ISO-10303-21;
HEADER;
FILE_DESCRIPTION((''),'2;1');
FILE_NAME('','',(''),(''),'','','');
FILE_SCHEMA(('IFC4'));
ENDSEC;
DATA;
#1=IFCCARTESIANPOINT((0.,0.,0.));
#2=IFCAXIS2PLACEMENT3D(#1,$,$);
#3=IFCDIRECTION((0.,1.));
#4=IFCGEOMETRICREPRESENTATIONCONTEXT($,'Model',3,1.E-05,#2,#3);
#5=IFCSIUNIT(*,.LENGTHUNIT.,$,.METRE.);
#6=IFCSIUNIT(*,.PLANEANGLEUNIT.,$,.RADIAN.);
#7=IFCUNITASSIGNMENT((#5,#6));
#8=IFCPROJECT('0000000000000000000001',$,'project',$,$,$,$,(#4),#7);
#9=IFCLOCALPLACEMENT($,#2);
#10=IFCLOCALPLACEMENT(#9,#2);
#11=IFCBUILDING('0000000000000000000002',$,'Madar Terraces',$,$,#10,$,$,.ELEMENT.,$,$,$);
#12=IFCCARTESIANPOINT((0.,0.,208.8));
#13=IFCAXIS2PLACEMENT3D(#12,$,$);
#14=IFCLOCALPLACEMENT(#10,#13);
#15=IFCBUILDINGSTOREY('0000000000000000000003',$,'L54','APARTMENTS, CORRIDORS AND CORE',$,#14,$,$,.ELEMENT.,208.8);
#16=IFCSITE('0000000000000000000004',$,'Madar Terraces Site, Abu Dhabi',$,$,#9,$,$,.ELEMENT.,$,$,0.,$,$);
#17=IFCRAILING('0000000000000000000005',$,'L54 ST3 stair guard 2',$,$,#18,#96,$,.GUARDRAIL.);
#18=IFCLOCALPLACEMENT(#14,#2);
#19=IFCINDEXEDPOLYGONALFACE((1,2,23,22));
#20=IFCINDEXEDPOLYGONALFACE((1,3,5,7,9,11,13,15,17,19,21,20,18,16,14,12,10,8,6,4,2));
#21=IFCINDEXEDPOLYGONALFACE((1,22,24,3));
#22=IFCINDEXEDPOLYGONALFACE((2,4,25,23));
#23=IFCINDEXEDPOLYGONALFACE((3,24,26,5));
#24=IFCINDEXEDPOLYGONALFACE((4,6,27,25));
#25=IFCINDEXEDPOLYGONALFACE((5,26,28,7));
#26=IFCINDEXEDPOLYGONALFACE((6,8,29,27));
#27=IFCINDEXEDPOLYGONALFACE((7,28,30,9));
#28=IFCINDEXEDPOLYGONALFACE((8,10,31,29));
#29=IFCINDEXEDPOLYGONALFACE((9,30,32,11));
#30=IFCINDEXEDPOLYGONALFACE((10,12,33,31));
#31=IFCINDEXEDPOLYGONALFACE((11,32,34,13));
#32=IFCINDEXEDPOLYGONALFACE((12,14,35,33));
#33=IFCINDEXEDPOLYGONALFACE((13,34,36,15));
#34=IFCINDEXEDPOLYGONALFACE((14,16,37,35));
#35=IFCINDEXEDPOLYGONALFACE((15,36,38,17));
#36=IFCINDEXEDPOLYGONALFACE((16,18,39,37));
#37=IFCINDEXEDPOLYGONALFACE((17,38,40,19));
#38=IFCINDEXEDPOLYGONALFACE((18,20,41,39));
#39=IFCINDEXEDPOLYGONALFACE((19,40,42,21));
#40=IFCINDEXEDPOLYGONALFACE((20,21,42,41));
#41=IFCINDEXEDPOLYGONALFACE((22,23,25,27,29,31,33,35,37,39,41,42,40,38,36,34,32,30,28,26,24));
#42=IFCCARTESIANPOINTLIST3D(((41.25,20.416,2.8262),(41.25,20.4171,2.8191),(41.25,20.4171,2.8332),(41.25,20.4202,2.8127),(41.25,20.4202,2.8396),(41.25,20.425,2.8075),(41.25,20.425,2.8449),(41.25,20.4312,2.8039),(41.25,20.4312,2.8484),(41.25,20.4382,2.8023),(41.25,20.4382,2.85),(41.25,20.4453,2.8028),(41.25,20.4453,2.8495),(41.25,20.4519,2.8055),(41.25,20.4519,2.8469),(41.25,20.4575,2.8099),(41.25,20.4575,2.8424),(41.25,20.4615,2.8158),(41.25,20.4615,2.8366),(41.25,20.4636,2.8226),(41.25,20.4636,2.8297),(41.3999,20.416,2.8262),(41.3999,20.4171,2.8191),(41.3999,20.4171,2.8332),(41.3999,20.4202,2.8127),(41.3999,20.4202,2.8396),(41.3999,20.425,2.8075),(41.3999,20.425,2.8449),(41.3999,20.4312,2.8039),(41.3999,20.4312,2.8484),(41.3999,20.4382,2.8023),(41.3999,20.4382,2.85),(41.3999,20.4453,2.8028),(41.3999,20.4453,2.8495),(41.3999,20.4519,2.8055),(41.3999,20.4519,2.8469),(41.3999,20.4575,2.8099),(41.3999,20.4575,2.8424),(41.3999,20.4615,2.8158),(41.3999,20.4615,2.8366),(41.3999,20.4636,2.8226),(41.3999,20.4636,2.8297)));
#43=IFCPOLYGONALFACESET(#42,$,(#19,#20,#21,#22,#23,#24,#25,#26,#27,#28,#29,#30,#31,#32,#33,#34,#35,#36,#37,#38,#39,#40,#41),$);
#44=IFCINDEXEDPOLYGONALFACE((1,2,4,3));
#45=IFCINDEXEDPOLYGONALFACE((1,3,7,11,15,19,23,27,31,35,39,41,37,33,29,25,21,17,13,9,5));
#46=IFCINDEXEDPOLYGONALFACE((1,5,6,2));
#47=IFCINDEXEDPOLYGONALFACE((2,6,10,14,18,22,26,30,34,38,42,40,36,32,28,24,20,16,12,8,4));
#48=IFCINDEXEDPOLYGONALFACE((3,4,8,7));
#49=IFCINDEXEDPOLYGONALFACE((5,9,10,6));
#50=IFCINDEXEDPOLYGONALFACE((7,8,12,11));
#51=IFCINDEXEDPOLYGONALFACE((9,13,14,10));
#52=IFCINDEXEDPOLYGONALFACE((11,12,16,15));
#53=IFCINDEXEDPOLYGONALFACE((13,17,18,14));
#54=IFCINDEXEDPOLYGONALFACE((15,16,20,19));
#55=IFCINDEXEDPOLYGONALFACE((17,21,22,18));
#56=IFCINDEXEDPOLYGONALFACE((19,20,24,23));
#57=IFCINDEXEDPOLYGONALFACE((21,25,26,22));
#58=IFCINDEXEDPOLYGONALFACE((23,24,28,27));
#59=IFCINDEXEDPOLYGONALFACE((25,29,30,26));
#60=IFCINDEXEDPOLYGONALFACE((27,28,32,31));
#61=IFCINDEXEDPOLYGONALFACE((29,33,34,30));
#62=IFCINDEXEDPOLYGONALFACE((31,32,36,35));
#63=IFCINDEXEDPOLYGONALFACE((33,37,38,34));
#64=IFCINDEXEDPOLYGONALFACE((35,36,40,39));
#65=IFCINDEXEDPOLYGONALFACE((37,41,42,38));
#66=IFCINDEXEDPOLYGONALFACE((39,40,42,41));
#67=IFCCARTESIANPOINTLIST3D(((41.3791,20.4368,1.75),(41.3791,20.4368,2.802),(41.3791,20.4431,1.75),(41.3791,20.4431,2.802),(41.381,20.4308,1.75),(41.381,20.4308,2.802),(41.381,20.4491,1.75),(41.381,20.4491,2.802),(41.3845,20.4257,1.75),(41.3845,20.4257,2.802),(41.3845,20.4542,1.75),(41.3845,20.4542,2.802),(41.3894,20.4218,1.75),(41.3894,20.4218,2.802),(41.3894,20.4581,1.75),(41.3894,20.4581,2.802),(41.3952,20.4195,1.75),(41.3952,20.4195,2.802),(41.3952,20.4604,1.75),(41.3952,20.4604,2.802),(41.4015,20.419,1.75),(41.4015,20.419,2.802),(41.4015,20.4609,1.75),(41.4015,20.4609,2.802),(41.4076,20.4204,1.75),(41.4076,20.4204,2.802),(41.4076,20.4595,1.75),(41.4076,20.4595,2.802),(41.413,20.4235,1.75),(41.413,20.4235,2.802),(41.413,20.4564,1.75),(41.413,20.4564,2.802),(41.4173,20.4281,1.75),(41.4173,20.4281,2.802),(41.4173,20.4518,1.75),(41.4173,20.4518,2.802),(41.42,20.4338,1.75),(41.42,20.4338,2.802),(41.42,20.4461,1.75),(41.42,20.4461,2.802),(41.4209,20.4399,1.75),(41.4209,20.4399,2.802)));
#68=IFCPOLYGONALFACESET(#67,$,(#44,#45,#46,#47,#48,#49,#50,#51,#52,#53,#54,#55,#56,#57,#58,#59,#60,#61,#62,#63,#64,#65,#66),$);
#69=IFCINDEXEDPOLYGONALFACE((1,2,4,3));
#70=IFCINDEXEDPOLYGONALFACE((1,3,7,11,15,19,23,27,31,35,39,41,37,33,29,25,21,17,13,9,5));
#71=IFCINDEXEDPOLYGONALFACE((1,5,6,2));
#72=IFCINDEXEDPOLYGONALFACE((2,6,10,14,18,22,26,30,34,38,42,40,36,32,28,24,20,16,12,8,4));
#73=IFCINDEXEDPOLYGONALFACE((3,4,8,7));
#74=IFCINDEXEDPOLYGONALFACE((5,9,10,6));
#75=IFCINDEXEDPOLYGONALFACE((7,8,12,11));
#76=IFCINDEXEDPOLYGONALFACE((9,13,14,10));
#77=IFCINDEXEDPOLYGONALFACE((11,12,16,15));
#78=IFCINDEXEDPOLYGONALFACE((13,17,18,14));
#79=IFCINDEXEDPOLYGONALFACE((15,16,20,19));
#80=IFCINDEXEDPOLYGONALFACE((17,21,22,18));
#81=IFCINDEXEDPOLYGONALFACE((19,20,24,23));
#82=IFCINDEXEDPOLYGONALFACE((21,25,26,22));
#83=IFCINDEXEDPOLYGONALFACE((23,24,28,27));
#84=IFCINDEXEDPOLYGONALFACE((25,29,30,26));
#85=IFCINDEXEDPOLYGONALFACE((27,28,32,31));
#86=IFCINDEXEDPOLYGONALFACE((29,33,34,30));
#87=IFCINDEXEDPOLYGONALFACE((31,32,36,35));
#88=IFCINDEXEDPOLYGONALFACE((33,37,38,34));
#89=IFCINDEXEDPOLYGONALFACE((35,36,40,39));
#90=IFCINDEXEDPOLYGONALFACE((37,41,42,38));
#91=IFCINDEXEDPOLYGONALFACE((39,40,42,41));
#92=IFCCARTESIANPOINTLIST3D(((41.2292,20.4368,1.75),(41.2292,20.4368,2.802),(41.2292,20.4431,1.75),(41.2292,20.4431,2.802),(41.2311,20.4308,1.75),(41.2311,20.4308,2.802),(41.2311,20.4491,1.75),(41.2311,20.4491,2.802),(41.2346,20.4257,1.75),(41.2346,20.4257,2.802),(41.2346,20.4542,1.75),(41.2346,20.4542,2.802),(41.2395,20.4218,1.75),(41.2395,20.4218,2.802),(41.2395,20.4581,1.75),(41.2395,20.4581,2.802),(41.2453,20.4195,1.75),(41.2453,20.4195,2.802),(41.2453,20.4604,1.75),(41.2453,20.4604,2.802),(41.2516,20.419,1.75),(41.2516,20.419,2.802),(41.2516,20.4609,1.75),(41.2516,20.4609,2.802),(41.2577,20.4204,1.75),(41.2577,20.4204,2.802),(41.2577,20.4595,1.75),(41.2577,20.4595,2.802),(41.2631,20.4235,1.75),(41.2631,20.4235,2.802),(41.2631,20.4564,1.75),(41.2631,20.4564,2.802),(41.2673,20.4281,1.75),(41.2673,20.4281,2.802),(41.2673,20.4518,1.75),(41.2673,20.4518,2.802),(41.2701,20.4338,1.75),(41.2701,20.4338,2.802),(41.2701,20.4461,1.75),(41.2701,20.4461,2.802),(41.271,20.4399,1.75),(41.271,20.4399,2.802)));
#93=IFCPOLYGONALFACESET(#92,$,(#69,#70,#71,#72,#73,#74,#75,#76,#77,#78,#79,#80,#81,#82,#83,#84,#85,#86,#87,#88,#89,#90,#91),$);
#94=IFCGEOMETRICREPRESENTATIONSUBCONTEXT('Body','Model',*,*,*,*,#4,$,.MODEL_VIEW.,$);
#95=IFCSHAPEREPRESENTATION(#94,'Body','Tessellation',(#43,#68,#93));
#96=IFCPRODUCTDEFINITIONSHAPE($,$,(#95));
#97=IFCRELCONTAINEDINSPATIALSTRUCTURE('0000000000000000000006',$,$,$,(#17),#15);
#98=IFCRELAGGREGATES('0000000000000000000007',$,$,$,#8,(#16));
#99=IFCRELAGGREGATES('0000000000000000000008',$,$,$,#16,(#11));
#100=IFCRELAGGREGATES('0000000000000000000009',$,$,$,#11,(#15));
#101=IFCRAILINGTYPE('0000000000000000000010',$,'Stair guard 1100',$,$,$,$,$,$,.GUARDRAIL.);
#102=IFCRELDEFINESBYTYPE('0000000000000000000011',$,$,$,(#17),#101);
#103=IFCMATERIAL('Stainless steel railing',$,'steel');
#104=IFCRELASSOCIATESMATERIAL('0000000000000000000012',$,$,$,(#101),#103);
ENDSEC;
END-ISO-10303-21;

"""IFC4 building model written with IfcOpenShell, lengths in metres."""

from ifc_helpers import new_model, si_unit, direction, frame, origin, origin_2d, place, context, subcontext, project, spatial, circle, extrude, material, type_object, element, save


model = new_model("IFC4")

# Units and contexts
model_context = context("Model", 3, precision=1e-05, world=origin(), true_north=direction((0.0, 1.0)))
body_context = subcontext(model_context, "Body", "Model", "MODEL_VIEW")
ifc_project = project(units=[si_unit("LENGTHUNIT", "METRE"), si_unit("PLANEANGLEUNIT", "RADIAN")], contexts=[model_context])

# Site, building, storey
site_placement = place(None, origin())
site = spatial("IfcSite", under=ifc_project, at=site_placement, Name="Madar Terraces Site, Abu Dhabi", CompositionType="ELEMENT", RefElevation=0.0)
building_placement = place(site_placement, origin())
building = spatial("IfcBuilding", under=site, at=building_placement, Name="Madar Terraces", CompositionType="ELEMENT")
storey_placement = place(building_placement, frame((0.0, 0.0, 208.8)))
storey = spatial("IfcBuildingStorey", under=building, at=storey_placement, Name="L54", Description="APARTMENTS, CORRIDORS AND CORE", CompositionType="ELEMENT", Elevation=208.8)

# Railing
ifc_material_1 = material(Name="Stainless steel railing", Category="steel")
railing_type_1 = type_object("IfcRailingType", Name="Stair guard 1100", PredefinedType="GUARDRAIL", material=ifc_material_1)
railing_1_placement = place(storey_placement, frame((41.3999, 20.4399, 1.75)))
element("IfcRailing", 1, at=railing_1_placement, inside=storey, type_object=railing_type_1, Name="L54 ST3 stair guard 2", PredefinedType="GUARDRAIL", context=body_context, shape_type="SweptSolid", body=[
    extrude(circle(Radius=0.0239, at=origin_2d()), frame((0.0, 0.0, 1.0762), z_axis=(-1.0, 0.0, 0.0), x_axis=(0.0, -1.0, 0.0)), (0.0, 0.0, 1.0), 0.1499),
    extrude(circle(Radius=0.021, at=origin_2d()), origin(), (0.0, 0.0, 1.0), 1.052),
    extrude(circle(Radius=0.021, at=origin_2d()), frame((-0.1499, 0.0, 0.0)), (0.0, 0.0, 1.0), 1.052),
])

save(model, "model.ifc")
